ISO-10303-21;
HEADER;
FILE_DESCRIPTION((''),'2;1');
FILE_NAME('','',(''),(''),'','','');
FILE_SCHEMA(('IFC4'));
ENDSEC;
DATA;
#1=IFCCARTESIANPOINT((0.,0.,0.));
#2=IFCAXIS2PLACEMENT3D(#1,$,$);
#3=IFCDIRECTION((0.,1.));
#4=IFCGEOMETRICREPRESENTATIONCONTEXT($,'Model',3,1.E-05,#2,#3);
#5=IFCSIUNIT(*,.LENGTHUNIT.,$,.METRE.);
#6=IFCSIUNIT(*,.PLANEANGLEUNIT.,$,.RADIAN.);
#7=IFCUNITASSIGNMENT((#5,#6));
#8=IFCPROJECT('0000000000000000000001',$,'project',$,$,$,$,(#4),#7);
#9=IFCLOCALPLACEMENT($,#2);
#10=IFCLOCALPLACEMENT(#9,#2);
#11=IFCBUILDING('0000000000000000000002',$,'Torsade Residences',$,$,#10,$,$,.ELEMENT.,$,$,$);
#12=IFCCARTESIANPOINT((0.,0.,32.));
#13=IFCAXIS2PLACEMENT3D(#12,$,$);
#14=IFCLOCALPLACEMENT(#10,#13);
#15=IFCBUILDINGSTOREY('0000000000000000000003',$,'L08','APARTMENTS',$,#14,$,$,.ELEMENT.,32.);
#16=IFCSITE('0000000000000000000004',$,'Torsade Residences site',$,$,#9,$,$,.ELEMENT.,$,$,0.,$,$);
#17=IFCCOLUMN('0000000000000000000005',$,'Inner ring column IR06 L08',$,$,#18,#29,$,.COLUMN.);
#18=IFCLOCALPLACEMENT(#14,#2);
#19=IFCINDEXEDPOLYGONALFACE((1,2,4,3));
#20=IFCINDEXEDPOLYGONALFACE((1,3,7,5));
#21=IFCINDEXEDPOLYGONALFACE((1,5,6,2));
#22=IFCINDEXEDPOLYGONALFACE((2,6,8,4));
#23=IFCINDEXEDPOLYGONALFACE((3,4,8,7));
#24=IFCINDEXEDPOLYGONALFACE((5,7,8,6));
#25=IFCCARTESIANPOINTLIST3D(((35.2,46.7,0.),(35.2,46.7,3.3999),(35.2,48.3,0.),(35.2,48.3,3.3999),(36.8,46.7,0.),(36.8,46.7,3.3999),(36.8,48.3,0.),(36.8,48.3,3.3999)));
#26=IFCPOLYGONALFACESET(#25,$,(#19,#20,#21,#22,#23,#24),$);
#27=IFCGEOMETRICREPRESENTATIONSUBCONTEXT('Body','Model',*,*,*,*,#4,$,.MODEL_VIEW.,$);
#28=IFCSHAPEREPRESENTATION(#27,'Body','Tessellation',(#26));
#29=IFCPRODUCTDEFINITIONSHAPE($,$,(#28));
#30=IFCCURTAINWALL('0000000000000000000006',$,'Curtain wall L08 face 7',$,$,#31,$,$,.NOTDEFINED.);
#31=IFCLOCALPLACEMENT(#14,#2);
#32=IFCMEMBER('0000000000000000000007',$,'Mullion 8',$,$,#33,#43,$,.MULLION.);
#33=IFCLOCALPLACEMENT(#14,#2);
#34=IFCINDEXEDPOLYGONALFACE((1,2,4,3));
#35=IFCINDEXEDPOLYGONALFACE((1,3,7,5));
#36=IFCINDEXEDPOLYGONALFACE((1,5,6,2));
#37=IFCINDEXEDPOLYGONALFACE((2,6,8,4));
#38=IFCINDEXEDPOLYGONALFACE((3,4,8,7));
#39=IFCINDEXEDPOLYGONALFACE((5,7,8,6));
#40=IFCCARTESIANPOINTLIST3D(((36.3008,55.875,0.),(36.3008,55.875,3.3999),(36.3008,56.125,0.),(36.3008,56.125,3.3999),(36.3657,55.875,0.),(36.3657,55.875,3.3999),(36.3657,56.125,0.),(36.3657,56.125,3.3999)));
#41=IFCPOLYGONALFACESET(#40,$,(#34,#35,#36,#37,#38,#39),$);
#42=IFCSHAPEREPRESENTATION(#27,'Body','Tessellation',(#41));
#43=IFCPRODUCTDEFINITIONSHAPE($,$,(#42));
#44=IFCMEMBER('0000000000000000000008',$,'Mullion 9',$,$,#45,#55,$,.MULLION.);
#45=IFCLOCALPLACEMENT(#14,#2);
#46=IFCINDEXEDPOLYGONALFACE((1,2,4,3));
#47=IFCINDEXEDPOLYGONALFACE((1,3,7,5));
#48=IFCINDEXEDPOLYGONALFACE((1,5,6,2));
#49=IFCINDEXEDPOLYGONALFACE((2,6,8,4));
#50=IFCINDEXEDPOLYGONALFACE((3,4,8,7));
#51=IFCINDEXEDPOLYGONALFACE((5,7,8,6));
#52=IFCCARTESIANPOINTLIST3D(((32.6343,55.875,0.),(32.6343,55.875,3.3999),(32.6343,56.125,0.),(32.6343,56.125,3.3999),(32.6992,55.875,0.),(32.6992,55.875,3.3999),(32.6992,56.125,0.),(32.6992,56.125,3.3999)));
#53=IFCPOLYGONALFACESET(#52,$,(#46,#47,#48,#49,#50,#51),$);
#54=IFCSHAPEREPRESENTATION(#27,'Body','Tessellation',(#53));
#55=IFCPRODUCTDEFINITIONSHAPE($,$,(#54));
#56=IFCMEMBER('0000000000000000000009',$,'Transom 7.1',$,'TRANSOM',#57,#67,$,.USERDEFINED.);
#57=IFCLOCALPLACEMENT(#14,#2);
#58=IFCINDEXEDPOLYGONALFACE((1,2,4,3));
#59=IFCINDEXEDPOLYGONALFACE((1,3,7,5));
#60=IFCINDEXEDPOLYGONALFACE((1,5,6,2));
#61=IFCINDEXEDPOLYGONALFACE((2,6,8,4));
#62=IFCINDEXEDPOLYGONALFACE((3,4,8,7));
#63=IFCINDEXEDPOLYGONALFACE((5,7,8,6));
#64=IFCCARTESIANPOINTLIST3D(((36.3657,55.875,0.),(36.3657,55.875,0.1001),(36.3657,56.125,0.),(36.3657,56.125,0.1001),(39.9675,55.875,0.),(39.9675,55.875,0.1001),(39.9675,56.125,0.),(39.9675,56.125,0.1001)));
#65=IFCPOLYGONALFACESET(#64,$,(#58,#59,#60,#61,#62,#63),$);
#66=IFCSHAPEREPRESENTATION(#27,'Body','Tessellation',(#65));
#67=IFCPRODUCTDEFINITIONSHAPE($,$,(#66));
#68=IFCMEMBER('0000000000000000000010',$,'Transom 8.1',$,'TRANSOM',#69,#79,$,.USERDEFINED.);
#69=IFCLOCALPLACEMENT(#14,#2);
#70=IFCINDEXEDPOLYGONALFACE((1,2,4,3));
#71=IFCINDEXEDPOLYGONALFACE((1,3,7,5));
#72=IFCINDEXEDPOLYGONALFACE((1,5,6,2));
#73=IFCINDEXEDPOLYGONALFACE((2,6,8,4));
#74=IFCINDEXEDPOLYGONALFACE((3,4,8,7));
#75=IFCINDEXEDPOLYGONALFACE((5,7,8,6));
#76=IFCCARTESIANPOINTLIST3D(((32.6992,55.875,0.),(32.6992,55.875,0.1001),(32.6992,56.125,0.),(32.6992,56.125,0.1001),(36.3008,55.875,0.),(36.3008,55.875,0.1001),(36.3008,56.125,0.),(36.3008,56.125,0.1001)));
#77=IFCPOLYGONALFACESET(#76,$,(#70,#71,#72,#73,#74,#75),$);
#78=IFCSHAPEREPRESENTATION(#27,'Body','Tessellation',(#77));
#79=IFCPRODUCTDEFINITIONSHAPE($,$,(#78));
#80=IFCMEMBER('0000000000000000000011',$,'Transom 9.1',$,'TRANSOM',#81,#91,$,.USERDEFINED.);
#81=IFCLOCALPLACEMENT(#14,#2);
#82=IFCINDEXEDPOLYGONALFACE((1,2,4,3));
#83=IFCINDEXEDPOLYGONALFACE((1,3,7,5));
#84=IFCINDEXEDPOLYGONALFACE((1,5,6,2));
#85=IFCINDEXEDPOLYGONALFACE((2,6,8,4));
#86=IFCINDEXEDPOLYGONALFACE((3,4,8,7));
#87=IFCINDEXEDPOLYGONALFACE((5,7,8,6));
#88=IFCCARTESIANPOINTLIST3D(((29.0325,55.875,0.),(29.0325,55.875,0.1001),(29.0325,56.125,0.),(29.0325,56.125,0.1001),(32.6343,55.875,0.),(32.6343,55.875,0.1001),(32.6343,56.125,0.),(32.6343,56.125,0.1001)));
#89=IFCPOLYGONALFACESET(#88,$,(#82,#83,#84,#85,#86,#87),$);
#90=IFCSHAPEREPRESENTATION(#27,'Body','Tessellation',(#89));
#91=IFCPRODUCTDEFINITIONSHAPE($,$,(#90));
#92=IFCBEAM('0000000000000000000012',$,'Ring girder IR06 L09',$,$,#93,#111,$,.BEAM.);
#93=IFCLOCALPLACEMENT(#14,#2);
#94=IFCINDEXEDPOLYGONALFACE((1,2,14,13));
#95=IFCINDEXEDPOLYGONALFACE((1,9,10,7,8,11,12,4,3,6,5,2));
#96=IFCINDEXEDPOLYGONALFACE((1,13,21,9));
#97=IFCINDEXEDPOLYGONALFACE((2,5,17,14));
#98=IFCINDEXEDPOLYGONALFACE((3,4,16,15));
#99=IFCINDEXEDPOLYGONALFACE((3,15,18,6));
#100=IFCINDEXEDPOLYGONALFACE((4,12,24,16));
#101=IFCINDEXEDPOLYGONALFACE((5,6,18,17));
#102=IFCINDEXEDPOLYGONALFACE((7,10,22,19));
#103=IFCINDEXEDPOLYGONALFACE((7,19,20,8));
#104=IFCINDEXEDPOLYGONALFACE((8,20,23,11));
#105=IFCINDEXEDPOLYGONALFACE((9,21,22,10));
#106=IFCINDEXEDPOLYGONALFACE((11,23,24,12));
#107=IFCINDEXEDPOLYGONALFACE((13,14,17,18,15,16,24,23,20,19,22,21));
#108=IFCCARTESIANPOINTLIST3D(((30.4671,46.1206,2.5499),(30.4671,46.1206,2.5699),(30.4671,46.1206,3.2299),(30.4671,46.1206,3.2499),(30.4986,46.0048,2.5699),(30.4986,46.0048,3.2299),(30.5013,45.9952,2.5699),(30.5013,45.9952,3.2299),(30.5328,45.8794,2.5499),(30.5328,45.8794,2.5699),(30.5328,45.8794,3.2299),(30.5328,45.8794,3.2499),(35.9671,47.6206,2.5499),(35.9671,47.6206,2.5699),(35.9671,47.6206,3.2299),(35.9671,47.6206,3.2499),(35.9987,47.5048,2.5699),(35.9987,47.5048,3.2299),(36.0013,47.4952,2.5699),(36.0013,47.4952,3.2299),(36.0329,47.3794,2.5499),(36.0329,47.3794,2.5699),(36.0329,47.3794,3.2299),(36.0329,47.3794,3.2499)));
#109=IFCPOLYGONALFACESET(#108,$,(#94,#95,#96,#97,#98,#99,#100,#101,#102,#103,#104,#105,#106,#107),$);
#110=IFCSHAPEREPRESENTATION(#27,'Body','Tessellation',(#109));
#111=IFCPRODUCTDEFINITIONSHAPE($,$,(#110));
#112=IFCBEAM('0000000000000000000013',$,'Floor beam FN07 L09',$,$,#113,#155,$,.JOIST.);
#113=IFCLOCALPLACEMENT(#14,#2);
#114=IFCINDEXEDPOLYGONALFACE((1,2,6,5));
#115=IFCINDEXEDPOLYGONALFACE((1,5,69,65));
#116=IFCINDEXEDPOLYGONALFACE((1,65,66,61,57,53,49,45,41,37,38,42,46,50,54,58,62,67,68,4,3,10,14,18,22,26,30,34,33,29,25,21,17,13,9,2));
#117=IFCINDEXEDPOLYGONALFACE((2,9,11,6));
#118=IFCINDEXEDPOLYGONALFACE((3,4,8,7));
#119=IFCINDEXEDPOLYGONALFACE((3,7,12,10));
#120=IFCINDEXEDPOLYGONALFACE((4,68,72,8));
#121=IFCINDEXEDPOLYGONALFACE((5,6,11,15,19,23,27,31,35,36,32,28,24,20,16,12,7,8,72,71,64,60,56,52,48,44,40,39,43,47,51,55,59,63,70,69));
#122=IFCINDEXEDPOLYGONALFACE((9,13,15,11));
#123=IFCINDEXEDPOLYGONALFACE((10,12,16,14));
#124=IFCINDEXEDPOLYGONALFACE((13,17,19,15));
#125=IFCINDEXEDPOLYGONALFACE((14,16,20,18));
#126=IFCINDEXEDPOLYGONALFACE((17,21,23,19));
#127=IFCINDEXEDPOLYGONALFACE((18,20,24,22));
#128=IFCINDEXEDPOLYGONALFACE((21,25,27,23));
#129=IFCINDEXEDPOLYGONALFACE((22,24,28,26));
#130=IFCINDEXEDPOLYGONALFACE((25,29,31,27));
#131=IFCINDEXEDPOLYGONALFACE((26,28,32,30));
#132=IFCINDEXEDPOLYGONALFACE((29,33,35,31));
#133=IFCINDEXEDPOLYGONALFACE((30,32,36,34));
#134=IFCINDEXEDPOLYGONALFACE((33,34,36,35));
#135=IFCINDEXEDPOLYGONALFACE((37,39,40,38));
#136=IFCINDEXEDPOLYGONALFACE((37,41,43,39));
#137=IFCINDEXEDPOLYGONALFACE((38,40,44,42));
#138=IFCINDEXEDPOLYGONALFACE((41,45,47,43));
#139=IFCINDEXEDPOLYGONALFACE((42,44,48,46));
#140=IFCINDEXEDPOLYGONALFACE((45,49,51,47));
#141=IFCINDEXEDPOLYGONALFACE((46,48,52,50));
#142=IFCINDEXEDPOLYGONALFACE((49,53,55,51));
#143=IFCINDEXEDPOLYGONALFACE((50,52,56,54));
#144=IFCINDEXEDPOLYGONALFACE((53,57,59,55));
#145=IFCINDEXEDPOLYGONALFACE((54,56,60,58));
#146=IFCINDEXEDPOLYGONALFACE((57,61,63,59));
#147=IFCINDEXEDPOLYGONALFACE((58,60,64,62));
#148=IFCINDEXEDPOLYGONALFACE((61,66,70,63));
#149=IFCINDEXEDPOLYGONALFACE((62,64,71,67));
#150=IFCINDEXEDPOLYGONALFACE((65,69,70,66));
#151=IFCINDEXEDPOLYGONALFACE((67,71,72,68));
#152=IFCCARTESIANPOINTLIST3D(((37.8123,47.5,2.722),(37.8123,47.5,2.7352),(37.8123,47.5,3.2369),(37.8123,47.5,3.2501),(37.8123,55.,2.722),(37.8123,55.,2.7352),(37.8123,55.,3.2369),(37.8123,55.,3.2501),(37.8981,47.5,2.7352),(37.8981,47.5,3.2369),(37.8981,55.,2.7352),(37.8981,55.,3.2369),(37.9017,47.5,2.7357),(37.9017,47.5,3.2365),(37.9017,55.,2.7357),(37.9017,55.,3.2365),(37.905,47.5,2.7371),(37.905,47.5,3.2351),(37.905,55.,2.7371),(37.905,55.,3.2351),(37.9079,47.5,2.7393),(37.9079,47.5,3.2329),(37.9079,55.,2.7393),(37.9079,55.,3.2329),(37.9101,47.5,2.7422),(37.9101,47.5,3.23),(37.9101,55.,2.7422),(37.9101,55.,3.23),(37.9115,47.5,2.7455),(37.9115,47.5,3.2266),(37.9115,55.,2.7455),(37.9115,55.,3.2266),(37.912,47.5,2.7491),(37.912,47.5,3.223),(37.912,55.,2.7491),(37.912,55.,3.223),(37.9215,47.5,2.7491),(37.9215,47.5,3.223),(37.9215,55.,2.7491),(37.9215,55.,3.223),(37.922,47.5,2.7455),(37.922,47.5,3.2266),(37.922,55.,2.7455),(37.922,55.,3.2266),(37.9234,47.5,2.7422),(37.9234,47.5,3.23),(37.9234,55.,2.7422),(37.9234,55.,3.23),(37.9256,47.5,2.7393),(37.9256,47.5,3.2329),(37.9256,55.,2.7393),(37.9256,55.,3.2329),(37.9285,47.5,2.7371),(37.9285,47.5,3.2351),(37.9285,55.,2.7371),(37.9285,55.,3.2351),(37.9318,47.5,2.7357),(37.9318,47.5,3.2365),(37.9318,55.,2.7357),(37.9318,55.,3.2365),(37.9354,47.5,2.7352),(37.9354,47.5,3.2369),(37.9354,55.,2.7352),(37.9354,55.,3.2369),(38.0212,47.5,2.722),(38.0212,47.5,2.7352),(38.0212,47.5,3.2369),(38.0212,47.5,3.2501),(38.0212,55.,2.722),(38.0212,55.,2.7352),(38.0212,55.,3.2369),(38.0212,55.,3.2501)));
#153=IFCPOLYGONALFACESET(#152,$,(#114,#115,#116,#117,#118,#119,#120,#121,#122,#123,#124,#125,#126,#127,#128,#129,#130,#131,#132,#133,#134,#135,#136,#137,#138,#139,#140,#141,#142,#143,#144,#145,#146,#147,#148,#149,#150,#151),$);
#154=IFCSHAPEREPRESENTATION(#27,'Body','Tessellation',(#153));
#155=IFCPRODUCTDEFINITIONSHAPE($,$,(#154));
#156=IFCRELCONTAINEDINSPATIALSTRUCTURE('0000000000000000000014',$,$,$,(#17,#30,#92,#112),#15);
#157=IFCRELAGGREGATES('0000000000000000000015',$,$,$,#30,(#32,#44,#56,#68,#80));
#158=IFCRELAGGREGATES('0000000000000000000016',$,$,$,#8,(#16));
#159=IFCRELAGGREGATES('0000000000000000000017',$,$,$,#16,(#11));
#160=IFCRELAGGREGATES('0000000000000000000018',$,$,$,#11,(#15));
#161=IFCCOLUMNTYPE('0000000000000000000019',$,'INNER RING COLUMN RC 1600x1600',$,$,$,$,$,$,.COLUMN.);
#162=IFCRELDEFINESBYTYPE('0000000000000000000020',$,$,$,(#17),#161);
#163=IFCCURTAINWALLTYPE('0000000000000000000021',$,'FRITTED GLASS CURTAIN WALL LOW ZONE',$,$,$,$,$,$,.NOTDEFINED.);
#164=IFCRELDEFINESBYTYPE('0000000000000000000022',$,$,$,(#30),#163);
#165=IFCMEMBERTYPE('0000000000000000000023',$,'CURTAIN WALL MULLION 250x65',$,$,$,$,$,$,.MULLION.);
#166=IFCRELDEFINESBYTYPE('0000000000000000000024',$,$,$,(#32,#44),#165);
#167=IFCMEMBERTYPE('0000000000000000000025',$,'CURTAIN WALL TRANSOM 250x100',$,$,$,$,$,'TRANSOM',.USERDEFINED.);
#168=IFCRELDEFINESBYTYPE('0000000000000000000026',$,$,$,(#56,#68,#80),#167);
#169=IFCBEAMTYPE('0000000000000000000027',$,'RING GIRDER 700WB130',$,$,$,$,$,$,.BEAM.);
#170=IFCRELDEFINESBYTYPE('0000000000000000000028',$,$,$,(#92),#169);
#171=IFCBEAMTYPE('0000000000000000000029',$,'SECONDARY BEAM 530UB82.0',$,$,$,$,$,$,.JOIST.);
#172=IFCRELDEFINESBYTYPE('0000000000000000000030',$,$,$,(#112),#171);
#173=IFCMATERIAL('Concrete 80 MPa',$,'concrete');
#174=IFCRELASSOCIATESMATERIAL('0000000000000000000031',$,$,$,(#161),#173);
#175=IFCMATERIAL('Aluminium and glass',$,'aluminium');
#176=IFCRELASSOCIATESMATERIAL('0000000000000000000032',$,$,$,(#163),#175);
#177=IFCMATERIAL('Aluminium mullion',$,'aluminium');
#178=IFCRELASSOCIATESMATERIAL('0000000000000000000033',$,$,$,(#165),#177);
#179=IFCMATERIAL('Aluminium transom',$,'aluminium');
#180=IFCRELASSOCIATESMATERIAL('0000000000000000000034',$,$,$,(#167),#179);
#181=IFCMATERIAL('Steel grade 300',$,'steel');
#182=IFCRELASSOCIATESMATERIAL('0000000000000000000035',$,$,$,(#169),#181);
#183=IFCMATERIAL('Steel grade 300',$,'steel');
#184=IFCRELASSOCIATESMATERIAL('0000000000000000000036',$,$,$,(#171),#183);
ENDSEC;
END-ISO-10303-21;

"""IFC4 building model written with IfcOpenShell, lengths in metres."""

from ifc_helpers import new_model, si_unit, direction, frame, origin, origin_2d, place, context, subcontext, project, spatial, rectangle, i_section, extrude, material, material_profile, profile_set, type_object, element, aggregate, save


model = new_model("IFC4")

# Units and contexts
model_context = context("Model", 3, precision=1e-05, world=origin(), true_north=direction((0.0, 1.0)))
body_context = subcontext(model_context, "Body", "Model", "MODEL_VIEW")
ifc_project = project(units=[si_unit("LENGTHUNIT", "METRE"), si_unit("PLANEANGLEUNIT", "RADIAN")], contexts=[model_context])

# Site, building, storey
site_placement = place(None, origin())
site = spatial("IfcSite", under=ifc_project, at=site_placement, Name="Torsade Residences site", CompositionType="ELEMENT", RefElevation=0.0)
building_placement = place(site_placement, origin())
building = spatial("IfcBuilding", under=site, at=building_placement, Name="Torsade Residences", CompositionType="ELEMENT")
storey_placement = place(building_placement, frame((0.0, 0.0, 32.0)))
storey = spatial("IfcBuildingStorey", under=building, at=storey_placement, Name="L08", Description="APARTMENTS", CompositionType="ELEMENT", Elevation=32.0)

# Column
ifc_material_1 = material(Name="Concrete 80 MPa", Category="concrete")
ifc_material_profile_1 = material_profile(ifc_material_1, rectangle(XDim=1.6001, YDim=1.6001, at=origin_2d()), Name="RC 1600x1600")
ifc_profile_set_1 = profile_set([ifc_material_profile_1], Name="Concrete 80 MPa")
column_type = type_object("IfcColumnType", Name="INNER RING COLUMN RC 1600x1600", PredefinedType="COLUMN", material=ifc_profile_set_1)
column_placement = place(storey_placement, frame((36.0, 47.5, 0.0), z_axis=(0.0, 0.0, 1.0), x_axis=(1.0, 0.0, 0.0)))
element("IfcColumn", 1, at=column_placement, inside=storey, type_object=column_type, Name="Inner ring column IR06 L08", PredefinedType="COLUMN", context=body_context, shape_type="SweptSolid", body=[
    extrude(rectangle(XDim=1.6001, YDim=1.6001, at=origin_2d()), origin(), (0.0, 0.0, 1.0), 3.3999),
])

# Curtain wall, members
ifc_material_2 = material(Name="Aluminium and glass", Category="aluminium")
curtain_wall_type = type_object("IfcCurtainWallType", Name="FRITTED GLASS CURTAIN WALL LOW ZONE", PredefinedType="NOTDEFINED", material=ifc_material_2)
curtain_wall_placement = place(storey_placement, origin())
curtain_wall = element("IfcCurtainWall", 2, at=curtain_wall_placement, inside=storey, type_object=curtain_wall_type, Name="Curtain wall L08 face 7", PredefinedType="NOTDEFINED")
ifc_material_3 = material(Name="Aluminium mullion", Category="aluminium")
ifc_material_profile_2 = material_profile(ifc_material_3, rectangle(XDim=0.25, YDim=0.0649, at=origin_2d()), Name="CURTAIN WALL MULLION 250x65")
ifc_profile_set_2 = profile_set([ifc_material_profile_2], Name="Aluminium mullion")
member_type_1 = type_object("IfcMemberType", Name="CURTAIN WALL MULLION 250x65", PredefinedType="MULLION", material=ifc_profile_set_2)
member_1_placement = place(storey_placement, frame((36.3333, 56.0, 0.0), z_axis=(0.0, 0.0, 1.0), x_axis=(0.0, -1.0, 0.0)))
member_1 = element("IfcMember", 3, at=member_1_placement, type_object=member_type_1, Name="Mullion 8", PredefinedType="MULLION", context=body_context, shape_type="SweptSolid", body=[
    extrude(rectangle(XDim=0.25, YDim=0.0649, at=origin_2d()), origin(), (0.0, 0.0, 1.0), 3.3999),
])
member_2_placement = place(storey_placement, frame((32.6667, 56.0, 0.0), z_axis=(0.0, 0.0, 1.0), x_axis=(0.0, -1.0, 0.0)))
member_2 = element("IfcMember", 4, at=member_2_placement, type_object=member_type_1, Name="Mullion 9", PredefinedType="MULLION", context=body_context, shape_type="SweptSolid", body=[
    extrude(rectangle(XDim=0.25, YDim=0.0649, at=origin_2d()), origin(), (0.0, 0.0, 1.0), 3.3999),
])
ifc_material_4 = material(Name="Aluminium transom", Category="aluminium")
ifc_material_profile_3 = material_profile(ifc_material_4, rectangle(XDim=0.25, YDim=0.1001, at=origin_2d()), Name="CURTAIN WALL TRANSOM 250x100")
ifc_profile_set_3 = profile_set([ifc_material_profile_3], Name="Aluminium transom")
member_type_2 = type_object("IfcMemberType", Name="CURTAIN WALL TRANSOM 250x100", ElementType="TRANSOM", PredefinedType="USERDEFINED", material=ifc_profile_set_3)
member_3_placement = place(storey_placement, frame((39.9675, 56.0, 0.05), z_axis=(-1.0, 0.0, 0.0), x_axis=(0.0, -1.0, 0.0)))
member_3 = element("IfcMember", 5, at=member_3_placement, type_object=member_type_2, Name="Transom 7.1", ObjectType="TRANSOM", PredefinedType="USERDEFINED", context=body_context, shape_type="SweptSolid", body=[
    extrude(rectangle(XDim=0.25, YDim=0.1001, at=origin_2d()), origin(), (0.0, 0.0, 1.0), 3.6018),
])
member_4_placement = place(storey_placement, frame((36.3008, 56.0, 0.05), z_axis=(-1.0, 0.0, 0.0), x_axis=(0.0, -1.0, 0.0)))
member_4 = element("IfcMember", 6, at=member_4_placement, type_object=member_type_2, Name="Transom 8.1", ObjectType="TRANSOM", PredefinedType="USERDEFINED", context=body_context, shape_type="SweptSolid", body=[
    extrude(rectangle(XDim=0.25, YDim=0.1001, at=origin_2d()), origin(), (0.0, 0.0, 1.0), 3.6016),
])
member_5_placement = place(storey_placement, frame((32.6343, 56.0, 0.05), z_axis=(-1.0, 0.0, 0.0), x_axis=(0.0, -1.0, 0.0)))
member_5 = element("IfcMember", 7, at=member_5_placement, type_object=member_type_2, Name="Transom 9.1", ObjectType="TRANSOM", PredefinedType="USERDEFINED", context=body_context, shape_type="SweptSolid", body=[
    extrude(rectangle(XDim=0.25, YDim=0.1001, at=origin_2d()), origin(), (0.0, 0.0, 1.0), 3.6018),
])

# Beams
ifc_material_5 = material(Name="Steel grade 300", Category="steel")
ifc_material_profile_4 = material_profile(ifc_material_5, i_section(OverallWidth=0.25, OverallDepth=0.7, WebThickness=0.01, FlangeThickness=0.02, at=origin_2d()), Name="700WB130")
ifc_profile_set_4 = profile_set([ifc_material_profile_4], Name="Steel grade 300")
beam_type_1 = type_object("IfcBeamType", Name="RING GIRDER 700WB130", PredefinedType="BEAM", material=ifc_profile_set_4)
beam_1_placement = place(storey_placement, frame((36.0, 47.5, 2.8999), z_axis=(-0.964764, -0.263117, 0.0), x_axis=(0.263117, -0.964764, 0.0)))
element("IfcBeam", 8, at=beam_1_placement, inside=storey, type_object=beam_type_1, Name="Ring girder IR06 L09", PredefinedType="BEAM", context=body_context, shape_type="SweptSolid", body=[
    extrude(i_section(OverallWidth=0.25, OverallDepth=0.7, WebThickness=0.01, FlangeThickness=0.02, at=origin_2d()), origin(), (0.0, 0.0, 1.0), 5.7009),
])
ifc_material_6 = material(Name="Steel grade 300", Category="steel")
ifc_material_profile_5 = material_profile(ifc_material_6, i_section(OverallWidth=0.209, OverallDepth=0.5281, WebThickness=0.0095, FlangeThickness=0.0132, FilletRadius=0.0139, at=origin_2d()), Name="530UB82.0")
ifc_profile_set_5 = profile_set([ifc_material_profile_5], Name="Steel grade 300")
beam_type_2 = type_object("IfcBeamType", Name="SECONDARY BEAM 530UB82.0", PredefinedType="JOIST", material=ifc_profile_set_5)
beam_2_placement = place(storey_placement, frame((37.9167, 55.0, 2.9861), z_axis=(0.0, -1.0, 0.0), x_axis=(1.0, 0.0, 0.0)))
element("IfcBeam", 9, at=beam_2_placement, inside=storey, type_object=beam_type_2, Name="Floor beam FN07 L09", PredefinedType="JOIST", context=body_context, shape_type="SweptSolid", body=[
    extrude(i_section(OverallWidth=0.209, OverallDepth=0.5281, WebThickness=0.0095, FlangeThickness=0.0132, FilletRadius=0.0139, at=origin_2d()), origin(), (0.0, 0.0, 1.0), 7.5),
])

aggregate(curtain_wall, [member_1, member_2, member_3, member_4, member_5])

save(model, "model.ifc")
